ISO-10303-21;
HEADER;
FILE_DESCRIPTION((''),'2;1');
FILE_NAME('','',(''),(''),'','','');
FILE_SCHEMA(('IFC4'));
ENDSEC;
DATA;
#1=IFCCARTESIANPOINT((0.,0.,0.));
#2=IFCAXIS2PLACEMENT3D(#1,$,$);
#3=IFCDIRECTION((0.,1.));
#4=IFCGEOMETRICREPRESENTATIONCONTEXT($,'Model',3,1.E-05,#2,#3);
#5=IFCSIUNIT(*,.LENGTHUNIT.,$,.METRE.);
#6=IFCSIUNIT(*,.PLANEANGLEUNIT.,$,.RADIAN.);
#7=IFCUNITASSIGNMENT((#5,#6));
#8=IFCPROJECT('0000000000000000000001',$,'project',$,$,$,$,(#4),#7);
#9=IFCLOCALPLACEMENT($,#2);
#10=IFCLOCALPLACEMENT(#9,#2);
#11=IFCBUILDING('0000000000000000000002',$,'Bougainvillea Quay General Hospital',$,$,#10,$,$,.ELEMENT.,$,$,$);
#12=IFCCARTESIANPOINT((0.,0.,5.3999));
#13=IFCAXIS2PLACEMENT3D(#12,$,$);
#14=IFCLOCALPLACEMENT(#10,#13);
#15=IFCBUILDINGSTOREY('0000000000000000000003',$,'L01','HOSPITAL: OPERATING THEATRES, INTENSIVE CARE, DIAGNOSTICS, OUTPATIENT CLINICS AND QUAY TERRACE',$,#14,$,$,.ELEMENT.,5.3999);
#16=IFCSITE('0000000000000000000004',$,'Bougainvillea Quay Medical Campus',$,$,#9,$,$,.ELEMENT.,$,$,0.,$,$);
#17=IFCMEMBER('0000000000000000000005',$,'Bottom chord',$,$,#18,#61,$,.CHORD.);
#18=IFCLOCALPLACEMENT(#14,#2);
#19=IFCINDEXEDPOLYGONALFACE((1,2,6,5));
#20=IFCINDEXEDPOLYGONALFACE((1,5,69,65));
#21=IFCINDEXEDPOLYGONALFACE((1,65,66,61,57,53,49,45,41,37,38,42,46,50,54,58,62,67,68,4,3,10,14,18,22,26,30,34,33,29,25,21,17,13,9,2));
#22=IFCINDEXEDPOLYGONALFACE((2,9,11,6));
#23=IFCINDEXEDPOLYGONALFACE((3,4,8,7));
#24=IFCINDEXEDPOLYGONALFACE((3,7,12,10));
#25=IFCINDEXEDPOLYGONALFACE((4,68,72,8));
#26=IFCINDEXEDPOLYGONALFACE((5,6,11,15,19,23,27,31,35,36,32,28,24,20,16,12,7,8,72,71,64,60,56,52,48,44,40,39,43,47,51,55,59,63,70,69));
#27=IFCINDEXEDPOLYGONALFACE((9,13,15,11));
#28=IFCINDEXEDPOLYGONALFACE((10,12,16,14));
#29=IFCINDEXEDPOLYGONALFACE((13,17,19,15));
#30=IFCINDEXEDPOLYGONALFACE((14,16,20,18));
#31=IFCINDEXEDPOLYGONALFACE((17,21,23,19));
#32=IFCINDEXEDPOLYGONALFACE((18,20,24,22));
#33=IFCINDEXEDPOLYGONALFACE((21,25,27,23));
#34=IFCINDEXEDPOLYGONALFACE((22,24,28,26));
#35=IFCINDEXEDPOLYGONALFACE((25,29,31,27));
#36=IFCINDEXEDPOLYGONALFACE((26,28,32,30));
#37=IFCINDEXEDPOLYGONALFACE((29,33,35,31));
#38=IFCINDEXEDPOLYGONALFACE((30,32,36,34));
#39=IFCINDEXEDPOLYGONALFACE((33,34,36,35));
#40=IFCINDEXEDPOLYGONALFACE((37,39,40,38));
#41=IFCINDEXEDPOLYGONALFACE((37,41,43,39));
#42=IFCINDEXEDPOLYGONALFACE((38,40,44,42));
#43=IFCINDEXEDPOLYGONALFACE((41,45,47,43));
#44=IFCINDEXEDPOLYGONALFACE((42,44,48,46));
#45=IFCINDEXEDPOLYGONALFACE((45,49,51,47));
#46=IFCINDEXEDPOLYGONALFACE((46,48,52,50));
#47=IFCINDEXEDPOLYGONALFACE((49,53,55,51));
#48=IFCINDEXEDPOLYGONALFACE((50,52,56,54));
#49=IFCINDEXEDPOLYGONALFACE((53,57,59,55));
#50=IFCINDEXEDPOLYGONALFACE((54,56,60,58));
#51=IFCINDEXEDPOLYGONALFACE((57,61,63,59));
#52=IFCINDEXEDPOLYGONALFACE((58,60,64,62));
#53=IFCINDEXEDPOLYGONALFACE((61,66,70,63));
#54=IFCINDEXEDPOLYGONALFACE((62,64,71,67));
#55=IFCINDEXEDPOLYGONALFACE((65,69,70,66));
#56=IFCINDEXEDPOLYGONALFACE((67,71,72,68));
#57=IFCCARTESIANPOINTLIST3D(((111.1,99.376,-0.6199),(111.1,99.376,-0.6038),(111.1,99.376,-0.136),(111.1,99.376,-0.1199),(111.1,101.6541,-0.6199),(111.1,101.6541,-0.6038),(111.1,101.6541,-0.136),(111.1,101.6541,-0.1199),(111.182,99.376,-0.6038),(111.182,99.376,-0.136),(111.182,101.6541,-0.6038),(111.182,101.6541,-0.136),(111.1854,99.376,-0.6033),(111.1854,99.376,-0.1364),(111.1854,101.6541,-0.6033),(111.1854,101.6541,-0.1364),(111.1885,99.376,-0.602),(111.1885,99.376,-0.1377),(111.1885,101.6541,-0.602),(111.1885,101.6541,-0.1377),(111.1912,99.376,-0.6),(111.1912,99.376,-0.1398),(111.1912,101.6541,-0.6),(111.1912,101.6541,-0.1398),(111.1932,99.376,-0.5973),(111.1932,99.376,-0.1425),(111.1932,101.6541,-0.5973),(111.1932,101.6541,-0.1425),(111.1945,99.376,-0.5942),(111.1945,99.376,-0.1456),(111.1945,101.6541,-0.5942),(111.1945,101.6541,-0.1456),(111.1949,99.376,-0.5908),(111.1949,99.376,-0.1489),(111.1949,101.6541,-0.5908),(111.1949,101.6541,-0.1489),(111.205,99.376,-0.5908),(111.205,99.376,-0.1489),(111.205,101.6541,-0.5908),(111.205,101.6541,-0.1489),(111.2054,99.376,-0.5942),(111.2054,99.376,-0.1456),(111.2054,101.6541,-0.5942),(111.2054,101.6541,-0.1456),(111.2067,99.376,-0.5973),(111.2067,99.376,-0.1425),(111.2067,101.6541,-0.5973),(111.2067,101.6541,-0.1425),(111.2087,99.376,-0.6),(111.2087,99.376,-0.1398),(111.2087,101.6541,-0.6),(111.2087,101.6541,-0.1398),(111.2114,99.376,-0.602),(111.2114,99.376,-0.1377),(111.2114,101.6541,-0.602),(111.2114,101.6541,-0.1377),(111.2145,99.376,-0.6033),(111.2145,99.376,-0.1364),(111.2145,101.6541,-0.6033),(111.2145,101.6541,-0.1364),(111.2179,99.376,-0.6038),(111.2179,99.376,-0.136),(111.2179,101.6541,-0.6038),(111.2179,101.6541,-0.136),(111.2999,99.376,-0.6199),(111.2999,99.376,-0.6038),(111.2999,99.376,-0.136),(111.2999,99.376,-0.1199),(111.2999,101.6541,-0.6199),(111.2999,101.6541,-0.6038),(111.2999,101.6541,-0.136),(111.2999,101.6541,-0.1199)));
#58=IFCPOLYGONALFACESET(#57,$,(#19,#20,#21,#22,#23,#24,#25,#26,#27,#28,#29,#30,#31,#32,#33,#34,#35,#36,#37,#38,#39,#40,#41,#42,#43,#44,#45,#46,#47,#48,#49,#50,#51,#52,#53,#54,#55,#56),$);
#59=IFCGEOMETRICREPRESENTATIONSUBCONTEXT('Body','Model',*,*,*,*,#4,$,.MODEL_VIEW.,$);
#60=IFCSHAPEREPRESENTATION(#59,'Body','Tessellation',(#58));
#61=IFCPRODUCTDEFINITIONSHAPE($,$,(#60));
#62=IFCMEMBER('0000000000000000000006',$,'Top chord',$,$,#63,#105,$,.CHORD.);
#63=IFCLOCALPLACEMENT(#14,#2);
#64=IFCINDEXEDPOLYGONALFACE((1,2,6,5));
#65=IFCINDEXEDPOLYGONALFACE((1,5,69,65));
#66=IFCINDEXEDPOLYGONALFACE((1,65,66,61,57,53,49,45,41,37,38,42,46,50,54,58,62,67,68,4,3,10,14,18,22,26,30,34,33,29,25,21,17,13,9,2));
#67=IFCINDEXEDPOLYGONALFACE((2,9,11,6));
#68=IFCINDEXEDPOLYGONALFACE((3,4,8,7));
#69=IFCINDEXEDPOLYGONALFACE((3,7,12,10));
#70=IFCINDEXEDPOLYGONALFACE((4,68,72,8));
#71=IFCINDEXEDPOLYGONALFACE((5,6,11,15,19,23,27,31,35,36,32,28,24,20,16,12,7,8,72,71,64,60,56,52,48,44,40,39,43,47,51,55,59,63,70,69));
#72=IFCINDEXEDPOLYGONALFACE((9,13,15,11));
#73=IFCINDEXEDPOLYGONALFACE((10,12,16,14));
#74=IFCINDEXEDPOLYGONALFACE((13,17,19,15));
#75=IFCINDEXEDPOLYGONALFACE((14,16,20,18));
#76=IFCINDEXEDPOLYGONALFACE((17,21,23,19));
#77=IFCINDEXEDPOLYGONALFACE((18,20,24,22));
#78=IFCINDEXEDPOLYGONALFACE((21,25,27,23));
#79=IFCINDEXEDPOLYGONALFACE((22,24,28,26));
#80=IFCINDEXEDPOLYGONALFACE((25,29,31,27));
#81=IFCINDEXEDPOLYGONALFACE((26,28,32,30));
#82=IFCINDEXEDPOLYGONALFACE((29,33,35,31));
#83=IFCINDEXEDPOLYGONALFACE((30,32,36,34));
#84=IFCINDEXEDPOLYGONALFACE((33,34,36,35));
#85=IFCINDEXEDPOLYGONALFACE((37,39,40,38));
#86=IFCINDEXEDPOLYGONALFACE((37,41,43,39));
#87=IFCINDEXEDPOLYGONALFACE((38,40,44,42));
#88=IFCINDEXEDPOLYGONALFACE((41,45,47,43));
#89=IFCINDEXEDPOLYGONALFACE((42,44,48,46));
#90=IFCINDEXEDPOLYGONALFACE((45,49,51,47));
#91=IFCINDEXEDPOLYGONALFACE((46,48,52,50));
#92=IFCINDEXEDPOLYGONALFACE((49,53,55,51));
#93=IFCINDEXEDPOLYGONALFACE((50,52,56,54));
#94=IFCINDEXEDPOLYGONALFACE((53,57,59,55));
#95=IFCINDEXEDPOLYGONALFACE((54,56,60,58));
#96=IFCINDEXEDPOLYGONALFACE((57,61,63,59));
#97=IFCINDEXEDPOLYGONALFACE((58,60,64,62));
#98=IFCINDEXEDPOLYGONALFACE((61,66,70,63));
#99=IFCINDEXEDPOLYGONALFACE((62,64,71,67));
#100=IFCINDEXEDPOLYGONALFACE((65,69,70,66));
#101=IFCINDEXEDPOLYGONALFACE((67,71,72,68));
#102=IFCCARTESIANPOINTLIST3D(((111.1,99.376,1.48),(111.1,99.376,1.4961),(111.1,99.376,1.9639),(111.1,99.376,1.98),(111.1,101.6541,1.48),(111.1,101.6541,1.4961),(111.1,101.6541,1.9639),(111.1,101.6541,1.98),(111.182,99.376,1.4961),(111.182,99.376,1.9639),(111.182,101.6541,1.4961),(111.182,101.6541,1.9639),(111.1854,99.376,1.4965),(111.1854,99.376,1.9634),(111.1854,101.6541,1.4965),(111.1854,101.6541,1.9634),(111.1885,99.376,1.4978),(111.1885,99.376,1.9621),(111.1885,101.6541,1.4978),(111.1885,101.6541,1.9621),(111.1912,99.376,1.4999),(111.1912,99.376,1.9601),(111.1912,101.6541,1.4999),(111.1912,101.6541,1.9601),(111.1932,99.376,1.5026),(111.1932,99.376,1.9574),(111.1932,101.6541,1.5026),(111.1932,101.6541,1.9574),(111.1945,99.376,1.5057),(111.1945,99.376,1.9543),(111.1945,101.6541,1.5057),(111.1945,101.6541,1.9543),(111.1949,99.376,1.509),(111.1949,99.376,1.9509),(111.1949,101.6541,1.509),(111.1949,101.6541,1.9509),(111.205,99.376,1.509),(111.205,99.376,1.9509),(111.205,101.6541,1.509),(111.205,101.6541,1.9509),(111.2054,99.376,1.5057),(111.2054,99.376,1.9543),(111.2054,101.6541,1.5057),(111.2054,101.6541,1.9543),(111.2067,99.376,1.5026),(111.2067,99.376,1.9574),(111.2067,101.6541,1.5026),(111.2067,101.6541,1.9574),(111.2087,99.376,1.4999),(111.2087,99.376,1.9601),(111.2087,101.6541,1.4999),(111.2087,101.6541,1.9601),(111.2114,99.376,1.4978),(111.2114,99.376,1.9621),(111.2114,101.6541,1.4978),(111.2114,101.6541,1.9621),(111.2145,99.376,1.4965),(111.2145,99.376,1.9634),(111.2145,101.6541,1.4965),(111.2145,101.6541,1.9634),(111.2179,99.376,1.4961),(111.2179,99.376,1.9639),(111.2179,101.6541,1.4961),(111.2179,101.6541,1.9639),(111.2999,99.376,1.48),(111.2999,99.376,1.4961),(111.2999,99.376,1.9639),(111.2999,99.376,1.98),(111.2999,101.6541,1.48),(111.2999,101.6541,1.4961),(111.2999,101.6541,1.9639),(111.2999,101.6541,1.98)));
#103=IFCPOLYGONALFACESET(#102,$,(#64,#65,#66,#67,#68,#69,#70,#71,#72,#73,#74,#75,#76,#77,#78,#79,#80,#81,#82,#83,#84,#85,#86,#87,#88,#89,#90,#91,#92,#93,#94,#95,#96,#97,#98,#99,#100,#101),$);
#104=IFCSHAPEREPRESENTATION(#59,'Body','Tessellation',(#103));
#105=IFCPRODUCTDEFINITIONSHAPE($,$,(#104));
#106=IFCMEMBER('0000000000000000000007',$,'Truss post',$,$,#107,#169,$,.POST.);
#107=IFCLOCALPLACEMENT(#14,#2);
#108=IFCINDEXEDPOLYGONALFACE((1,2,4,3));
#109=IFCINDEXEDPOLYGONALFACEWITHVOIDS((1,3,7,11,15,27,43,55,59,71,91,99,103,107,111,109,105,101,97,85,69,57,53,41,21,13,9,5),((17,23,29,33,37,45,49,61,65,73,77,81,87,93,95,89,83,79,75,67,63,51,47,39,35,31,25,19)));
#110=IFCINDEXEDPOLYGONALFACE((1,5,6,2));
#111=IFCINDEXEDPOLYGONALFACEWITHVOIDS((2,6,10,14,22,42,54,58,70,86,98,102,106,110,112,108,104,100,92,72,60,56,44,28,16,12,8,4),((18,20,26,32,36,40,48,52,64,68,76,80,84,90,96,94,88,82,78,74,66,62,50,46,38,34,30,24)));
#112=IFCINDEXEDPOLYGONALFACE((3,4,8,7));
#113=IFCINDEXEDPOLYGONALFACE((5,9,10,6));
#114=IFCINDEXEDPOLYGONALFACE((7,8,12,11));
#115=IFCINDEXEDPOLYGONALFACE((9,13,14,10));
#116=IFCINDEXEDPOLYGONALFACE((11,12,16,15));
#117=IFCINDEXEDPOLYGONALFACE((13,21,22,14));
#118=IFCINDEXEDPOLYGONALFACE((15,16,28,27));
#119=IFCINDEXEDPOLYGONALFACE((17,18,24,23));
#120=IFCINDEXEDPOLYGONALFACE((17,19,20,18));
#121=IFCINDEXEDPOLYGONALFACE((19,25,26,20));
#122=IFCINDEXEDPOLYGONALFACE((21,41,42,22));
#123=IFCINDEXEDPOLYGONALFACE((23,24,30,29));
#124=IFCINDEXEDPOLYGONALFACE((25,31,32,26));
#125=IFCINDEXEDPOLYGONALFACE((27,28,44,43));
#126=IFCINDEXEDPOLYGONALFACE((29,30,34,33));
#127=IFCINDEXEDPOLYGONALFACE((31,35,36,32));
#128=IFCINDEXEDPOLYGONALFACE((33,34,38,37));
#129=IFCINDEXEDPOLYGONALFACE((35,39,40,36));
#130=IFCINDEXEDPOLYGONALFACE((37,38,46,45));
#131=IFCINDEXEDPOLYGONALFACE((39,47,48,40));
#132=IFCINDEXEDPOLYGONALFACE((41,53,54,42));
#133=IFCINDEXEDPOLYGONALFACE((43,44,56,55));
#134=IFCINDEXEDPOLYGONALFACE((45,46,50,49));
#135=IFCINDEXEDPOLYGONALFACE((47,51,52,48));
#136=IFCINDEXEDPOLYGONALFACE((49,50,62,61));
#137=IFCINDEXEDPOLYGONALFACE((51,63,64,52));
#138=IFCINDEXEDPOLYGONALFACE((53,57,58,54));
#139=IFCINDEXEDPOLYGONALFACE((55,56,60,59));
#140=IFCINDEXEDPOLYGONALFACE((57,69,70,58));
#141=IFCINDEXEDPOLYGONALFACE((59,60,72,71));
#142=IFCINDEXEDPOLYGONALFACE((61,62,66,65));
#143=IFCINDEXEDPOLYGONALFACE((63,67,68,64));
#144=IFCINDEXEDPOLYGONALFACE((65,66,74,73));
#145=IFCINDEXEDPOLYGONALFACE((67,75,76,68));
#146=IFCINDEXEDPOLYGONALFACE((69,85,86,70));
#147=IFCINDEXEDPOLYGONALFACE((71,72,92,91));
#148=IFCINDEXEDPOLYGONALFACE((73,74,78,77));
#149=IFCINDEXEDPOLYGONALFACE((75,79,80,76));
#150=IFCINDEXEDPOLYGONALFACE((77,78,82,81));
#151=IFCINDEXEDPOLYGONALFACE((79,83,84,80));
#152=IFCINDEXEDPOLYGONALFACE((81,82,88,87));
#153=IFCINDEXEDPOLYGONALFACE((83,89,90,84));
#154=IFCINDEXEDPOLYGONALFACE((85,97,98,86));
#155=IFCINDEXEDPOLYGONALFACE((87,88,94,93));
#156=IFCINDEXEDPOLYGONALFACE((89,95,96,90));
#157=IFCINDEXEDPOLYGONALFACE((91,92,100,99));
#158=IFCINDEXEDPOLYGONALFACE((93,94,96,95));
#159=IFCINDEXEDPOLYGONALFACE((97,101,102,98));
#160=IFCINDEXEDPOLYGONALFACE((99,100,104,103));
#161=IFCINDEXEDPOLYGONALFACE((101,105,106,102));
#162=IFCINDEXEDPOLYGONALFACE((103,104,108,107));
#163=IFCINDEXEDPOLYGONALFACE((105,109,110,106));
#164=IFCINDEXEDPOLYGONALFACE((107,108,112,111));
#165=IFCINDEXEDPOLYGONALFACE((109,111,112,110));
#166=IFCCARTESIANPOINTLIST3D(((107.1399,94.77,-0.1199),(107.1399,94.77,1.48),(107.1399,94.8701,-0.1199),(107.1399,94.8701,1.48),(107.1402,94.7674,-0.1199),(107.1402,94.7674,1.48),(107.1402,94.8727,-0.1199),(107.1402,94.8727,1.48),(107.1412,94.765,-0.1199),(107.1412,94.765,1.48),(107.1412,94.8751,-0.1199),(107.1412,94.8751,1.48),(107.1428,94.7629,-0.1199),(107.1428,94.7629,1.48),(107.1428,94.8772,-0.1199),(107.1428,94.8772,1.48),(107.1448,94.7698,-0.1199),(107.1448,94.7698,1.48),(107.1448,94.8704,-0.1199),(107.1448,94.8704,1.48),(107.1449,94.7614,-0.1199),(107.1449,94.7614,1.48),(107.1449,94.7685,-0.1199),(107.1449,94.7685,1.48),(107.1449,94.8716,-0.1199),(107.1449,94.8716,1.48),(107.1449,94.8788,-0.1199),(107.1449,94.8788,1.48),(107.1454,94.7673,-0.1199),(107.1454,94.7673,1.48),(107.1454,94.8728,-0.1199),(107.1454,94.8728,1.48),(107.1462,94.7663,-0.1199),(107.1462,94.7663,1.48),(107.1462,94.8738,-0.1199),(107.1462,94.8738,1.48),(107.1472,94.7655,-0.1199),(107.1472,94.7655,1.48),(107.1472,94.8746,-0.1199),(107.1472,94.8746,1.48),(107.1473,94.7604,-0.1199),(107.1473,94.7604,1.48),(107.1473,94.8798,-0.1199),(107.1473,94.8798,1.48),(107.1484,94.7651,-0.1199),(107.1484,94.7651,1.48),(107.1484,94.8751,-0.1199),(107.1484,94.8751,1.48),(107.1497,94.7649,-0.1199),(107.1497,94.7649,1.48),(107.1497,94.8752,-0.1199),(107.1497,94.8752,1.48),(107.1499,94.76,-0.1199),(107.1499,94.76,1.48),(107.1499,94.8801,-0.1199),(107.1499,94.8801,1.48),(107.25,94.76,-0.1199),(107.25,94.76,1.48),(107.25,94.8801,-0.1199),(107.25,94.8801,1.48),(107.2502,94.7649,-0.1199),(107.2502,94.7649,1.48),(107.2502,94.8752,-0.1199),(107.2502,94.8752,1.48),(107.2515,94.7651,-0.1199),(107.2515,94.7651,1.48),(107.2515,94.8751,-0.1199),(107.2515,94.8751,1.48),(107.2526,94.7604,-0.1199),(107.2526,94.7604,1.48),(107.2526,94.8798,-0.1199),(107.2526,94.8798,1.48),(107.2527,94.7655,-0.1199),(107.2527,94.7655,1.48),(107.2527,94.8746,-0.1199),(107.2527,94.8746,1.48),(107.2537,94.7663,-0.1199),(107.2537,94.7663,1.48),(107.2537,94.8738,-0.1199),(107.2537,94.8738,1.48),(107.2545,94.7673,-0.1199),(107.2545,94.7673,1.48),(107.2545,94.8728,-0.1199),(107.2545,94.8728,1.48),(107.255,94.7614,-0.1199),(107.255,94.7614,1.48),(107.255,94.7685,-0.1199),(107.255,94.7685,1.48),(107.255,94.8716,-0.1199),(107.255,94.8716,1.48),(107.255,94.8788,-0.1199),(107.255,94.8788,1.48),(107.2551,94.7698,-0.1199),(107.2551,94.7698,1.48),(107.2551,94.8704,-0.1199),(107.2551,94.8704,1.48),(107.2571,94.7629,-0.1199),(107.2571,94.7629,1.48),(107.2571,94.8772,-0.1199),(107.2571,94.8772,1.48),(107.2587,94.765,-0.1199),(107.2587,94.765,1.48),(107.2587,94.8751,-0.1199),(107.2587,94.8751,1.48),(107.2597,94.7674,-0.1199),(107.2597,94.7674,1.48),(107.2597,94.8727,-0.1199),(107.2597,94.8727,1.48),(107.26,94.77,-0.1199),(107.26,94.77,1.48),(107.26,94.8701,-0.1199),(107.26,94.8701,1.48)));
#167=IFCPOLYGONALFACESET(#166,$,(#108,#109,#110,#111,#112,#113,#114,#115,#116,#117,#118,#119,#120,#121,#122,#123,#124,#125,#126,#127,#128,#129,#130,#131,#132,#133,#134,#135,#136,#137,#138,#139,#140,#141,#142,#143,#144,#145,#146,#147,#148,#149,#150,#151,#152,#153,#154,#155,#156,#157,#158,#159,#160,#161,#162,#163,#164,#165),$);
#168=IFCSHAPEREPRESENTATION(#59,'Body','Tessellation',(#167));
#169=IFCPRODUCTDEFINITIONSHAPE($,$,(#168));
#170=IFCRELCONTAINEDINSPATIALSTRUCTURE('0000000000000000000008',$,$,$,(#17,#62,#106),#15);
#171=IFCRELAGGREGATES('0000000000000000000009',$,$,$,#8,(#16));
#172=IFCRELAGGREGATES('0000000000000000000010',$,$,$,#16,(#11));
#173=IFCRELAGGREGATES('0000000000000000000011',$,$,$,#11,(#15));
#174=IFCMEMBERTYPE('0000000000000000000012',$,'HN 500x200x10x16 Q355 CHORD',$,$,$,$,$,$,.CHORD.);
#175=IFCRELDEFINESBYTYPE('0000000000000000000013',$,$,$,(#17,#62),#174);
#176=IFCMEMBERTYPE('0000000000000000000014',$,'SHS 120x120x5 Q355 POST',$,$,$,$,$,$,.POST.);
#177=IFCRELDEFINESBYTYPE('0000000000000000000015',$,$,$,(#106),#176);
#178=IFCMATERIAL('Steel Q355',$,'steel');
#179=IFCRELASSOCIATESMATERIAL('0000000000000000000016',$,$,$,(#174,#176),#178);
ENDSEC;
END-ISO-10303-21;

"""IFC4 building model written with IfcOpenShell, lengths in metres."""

from ifc_helpers import new_model, si_unit, direction, frame, origin, origin_2d, place, context, subcontext, project, spatial, hollow_rectangle, i_section, extrude, material, material_profile, profile_set, type_object, element, save


model = new_model("IFC4")

# Units and contexts
model_context = context("Model", 3, precision=1e-05, world=origin(), true_north=direction((0.0, 1.0)))
body_context = subcontext(model_context, "Body", "Model", "MODEL_VIEW")
ifc_project = project(units=[si_unit("LENGTHUNIT", "METRE"), si_unit("PLANEANGLEUNIT", "RADIAN")], contexts=[model_context])

# Site, building, storey
site_placement = place(None, origin())
site = spatial("IfcSite", under=ifc_project, at=site_placement, Name="Bougainvillea Quay Medical Campus", CompositionType="ELEMENT", RefElevation=0.0)
building_placement = place(site_placement, origin())
building = spatial("IfcBuilding", under=site, at=building_placement, Name="Bougainvillea Quay General Hospital", CompositionType="ELEMENT")
storey_placement = place(building_placement, frame((0.0, 0.0, 5.3999)))
storey = spatial("IfcBuildingStorey", under=building, at=storey_placement, Name="L01", Description="HOSPITAL: OPERATING THEATRES, INTENSIVE CARE, DIAGNOSTICS, OUTPATIENT CLINICS AND QUAY TERRACE", CompositionType="ELEMENT", Elevation=5.3999)

# Members
ifc_material_1 = material(Name="Steel Q355", Category="steel")
ifc_material_profile_1 = material_profile(ifc_material_1, i_section(OverallWidth=0.2, OverallDepth=0.5, WebThickness=0.01, FlangeThickness=0.0161, FilletRadius=0.0129, at=origin_2d()))
ifc_profile_set_1 = profile_set([ifc_material_profile_1], Name="Steel Q355")
member_type_1 = type_object("IfcMemberType", Name="HN 500x200x10x16 Q355 CHORD", PredefinedType="CHORD", material=ifc_profile_set_1)
for number, where, z_axis, x_axis, name in (
    (1, (111.2, 99.376, -0.3699), (0.0, 1.0, 0.0), (-1.0, 0.0, 0.0), "Bottom chord"),
    (2, (111.2, 99.376, 1.73), (0.0, 1.0, 0.0), (-1.0, 0.0, 0.0), "Top chord"),
):
    element("IfcMember", number, at=place(storey_placement, frame(where, z_axis=z_axis, x_axis=x_axis)), inside=storey, type_object=member_type_1, Name=name, PredefinedType="CHORD", context=body_context, shape_type="SweptSolid", body=[
        extrude(i_section(OverallWidth=0.2, OverallDepth=0.5, WebThickness=0.01, FlangeThickness=0.0161, FilletRadius=0.0129, at=origin_2d()), origin(), (0.0, 0.0, 1.0), 2.2781),
    ])
ifc_material_profile_2 = material_profile(ifc_material_1, hollow_rectangle(XDim=0.1201, YDim=0.1201, WallThickness=0.0049, InnerFilletRadius=0.0049, OuterFilletRadius=0.01, at=origin_2d()))
ifc_profile_set_2 = profile_set([ifc_material_profile_2], Name="Steel Q355")
member_type_2 = type_object("IfcMemberType", Name="SHS 120x120x5 Q355 POST", PredefinedType="POST", material=ifc_profile_set_2)
for number, where, z_axis, x_axis, name in (
    (3, (107.2, 94.8201, -0.1199), (0.0, 0.0, 1.0), (1.0, 0.0, 0.0), "Truss post"),
):
    element("IfcMember", number, at=place(storey_placement, frame(where, z_axis=z_axis, x_axis=x_axis)), inside=storey, type_object=member_type_2, Name=name, PredefinedType="POST", context=body_context, shape_type="SweptSolid", body=[
        extrude(hollow_rectangle(XDim=0.1201, YDim=0.1201, WallThickness=0.0049, InnerFilletRadius=0.0049, OuterFilletRadius=0.01, at=origin_2d()), origin(), (0.0, 0.0, 1.0), 1.5999),
    ])

save(model, "model.ifc")
